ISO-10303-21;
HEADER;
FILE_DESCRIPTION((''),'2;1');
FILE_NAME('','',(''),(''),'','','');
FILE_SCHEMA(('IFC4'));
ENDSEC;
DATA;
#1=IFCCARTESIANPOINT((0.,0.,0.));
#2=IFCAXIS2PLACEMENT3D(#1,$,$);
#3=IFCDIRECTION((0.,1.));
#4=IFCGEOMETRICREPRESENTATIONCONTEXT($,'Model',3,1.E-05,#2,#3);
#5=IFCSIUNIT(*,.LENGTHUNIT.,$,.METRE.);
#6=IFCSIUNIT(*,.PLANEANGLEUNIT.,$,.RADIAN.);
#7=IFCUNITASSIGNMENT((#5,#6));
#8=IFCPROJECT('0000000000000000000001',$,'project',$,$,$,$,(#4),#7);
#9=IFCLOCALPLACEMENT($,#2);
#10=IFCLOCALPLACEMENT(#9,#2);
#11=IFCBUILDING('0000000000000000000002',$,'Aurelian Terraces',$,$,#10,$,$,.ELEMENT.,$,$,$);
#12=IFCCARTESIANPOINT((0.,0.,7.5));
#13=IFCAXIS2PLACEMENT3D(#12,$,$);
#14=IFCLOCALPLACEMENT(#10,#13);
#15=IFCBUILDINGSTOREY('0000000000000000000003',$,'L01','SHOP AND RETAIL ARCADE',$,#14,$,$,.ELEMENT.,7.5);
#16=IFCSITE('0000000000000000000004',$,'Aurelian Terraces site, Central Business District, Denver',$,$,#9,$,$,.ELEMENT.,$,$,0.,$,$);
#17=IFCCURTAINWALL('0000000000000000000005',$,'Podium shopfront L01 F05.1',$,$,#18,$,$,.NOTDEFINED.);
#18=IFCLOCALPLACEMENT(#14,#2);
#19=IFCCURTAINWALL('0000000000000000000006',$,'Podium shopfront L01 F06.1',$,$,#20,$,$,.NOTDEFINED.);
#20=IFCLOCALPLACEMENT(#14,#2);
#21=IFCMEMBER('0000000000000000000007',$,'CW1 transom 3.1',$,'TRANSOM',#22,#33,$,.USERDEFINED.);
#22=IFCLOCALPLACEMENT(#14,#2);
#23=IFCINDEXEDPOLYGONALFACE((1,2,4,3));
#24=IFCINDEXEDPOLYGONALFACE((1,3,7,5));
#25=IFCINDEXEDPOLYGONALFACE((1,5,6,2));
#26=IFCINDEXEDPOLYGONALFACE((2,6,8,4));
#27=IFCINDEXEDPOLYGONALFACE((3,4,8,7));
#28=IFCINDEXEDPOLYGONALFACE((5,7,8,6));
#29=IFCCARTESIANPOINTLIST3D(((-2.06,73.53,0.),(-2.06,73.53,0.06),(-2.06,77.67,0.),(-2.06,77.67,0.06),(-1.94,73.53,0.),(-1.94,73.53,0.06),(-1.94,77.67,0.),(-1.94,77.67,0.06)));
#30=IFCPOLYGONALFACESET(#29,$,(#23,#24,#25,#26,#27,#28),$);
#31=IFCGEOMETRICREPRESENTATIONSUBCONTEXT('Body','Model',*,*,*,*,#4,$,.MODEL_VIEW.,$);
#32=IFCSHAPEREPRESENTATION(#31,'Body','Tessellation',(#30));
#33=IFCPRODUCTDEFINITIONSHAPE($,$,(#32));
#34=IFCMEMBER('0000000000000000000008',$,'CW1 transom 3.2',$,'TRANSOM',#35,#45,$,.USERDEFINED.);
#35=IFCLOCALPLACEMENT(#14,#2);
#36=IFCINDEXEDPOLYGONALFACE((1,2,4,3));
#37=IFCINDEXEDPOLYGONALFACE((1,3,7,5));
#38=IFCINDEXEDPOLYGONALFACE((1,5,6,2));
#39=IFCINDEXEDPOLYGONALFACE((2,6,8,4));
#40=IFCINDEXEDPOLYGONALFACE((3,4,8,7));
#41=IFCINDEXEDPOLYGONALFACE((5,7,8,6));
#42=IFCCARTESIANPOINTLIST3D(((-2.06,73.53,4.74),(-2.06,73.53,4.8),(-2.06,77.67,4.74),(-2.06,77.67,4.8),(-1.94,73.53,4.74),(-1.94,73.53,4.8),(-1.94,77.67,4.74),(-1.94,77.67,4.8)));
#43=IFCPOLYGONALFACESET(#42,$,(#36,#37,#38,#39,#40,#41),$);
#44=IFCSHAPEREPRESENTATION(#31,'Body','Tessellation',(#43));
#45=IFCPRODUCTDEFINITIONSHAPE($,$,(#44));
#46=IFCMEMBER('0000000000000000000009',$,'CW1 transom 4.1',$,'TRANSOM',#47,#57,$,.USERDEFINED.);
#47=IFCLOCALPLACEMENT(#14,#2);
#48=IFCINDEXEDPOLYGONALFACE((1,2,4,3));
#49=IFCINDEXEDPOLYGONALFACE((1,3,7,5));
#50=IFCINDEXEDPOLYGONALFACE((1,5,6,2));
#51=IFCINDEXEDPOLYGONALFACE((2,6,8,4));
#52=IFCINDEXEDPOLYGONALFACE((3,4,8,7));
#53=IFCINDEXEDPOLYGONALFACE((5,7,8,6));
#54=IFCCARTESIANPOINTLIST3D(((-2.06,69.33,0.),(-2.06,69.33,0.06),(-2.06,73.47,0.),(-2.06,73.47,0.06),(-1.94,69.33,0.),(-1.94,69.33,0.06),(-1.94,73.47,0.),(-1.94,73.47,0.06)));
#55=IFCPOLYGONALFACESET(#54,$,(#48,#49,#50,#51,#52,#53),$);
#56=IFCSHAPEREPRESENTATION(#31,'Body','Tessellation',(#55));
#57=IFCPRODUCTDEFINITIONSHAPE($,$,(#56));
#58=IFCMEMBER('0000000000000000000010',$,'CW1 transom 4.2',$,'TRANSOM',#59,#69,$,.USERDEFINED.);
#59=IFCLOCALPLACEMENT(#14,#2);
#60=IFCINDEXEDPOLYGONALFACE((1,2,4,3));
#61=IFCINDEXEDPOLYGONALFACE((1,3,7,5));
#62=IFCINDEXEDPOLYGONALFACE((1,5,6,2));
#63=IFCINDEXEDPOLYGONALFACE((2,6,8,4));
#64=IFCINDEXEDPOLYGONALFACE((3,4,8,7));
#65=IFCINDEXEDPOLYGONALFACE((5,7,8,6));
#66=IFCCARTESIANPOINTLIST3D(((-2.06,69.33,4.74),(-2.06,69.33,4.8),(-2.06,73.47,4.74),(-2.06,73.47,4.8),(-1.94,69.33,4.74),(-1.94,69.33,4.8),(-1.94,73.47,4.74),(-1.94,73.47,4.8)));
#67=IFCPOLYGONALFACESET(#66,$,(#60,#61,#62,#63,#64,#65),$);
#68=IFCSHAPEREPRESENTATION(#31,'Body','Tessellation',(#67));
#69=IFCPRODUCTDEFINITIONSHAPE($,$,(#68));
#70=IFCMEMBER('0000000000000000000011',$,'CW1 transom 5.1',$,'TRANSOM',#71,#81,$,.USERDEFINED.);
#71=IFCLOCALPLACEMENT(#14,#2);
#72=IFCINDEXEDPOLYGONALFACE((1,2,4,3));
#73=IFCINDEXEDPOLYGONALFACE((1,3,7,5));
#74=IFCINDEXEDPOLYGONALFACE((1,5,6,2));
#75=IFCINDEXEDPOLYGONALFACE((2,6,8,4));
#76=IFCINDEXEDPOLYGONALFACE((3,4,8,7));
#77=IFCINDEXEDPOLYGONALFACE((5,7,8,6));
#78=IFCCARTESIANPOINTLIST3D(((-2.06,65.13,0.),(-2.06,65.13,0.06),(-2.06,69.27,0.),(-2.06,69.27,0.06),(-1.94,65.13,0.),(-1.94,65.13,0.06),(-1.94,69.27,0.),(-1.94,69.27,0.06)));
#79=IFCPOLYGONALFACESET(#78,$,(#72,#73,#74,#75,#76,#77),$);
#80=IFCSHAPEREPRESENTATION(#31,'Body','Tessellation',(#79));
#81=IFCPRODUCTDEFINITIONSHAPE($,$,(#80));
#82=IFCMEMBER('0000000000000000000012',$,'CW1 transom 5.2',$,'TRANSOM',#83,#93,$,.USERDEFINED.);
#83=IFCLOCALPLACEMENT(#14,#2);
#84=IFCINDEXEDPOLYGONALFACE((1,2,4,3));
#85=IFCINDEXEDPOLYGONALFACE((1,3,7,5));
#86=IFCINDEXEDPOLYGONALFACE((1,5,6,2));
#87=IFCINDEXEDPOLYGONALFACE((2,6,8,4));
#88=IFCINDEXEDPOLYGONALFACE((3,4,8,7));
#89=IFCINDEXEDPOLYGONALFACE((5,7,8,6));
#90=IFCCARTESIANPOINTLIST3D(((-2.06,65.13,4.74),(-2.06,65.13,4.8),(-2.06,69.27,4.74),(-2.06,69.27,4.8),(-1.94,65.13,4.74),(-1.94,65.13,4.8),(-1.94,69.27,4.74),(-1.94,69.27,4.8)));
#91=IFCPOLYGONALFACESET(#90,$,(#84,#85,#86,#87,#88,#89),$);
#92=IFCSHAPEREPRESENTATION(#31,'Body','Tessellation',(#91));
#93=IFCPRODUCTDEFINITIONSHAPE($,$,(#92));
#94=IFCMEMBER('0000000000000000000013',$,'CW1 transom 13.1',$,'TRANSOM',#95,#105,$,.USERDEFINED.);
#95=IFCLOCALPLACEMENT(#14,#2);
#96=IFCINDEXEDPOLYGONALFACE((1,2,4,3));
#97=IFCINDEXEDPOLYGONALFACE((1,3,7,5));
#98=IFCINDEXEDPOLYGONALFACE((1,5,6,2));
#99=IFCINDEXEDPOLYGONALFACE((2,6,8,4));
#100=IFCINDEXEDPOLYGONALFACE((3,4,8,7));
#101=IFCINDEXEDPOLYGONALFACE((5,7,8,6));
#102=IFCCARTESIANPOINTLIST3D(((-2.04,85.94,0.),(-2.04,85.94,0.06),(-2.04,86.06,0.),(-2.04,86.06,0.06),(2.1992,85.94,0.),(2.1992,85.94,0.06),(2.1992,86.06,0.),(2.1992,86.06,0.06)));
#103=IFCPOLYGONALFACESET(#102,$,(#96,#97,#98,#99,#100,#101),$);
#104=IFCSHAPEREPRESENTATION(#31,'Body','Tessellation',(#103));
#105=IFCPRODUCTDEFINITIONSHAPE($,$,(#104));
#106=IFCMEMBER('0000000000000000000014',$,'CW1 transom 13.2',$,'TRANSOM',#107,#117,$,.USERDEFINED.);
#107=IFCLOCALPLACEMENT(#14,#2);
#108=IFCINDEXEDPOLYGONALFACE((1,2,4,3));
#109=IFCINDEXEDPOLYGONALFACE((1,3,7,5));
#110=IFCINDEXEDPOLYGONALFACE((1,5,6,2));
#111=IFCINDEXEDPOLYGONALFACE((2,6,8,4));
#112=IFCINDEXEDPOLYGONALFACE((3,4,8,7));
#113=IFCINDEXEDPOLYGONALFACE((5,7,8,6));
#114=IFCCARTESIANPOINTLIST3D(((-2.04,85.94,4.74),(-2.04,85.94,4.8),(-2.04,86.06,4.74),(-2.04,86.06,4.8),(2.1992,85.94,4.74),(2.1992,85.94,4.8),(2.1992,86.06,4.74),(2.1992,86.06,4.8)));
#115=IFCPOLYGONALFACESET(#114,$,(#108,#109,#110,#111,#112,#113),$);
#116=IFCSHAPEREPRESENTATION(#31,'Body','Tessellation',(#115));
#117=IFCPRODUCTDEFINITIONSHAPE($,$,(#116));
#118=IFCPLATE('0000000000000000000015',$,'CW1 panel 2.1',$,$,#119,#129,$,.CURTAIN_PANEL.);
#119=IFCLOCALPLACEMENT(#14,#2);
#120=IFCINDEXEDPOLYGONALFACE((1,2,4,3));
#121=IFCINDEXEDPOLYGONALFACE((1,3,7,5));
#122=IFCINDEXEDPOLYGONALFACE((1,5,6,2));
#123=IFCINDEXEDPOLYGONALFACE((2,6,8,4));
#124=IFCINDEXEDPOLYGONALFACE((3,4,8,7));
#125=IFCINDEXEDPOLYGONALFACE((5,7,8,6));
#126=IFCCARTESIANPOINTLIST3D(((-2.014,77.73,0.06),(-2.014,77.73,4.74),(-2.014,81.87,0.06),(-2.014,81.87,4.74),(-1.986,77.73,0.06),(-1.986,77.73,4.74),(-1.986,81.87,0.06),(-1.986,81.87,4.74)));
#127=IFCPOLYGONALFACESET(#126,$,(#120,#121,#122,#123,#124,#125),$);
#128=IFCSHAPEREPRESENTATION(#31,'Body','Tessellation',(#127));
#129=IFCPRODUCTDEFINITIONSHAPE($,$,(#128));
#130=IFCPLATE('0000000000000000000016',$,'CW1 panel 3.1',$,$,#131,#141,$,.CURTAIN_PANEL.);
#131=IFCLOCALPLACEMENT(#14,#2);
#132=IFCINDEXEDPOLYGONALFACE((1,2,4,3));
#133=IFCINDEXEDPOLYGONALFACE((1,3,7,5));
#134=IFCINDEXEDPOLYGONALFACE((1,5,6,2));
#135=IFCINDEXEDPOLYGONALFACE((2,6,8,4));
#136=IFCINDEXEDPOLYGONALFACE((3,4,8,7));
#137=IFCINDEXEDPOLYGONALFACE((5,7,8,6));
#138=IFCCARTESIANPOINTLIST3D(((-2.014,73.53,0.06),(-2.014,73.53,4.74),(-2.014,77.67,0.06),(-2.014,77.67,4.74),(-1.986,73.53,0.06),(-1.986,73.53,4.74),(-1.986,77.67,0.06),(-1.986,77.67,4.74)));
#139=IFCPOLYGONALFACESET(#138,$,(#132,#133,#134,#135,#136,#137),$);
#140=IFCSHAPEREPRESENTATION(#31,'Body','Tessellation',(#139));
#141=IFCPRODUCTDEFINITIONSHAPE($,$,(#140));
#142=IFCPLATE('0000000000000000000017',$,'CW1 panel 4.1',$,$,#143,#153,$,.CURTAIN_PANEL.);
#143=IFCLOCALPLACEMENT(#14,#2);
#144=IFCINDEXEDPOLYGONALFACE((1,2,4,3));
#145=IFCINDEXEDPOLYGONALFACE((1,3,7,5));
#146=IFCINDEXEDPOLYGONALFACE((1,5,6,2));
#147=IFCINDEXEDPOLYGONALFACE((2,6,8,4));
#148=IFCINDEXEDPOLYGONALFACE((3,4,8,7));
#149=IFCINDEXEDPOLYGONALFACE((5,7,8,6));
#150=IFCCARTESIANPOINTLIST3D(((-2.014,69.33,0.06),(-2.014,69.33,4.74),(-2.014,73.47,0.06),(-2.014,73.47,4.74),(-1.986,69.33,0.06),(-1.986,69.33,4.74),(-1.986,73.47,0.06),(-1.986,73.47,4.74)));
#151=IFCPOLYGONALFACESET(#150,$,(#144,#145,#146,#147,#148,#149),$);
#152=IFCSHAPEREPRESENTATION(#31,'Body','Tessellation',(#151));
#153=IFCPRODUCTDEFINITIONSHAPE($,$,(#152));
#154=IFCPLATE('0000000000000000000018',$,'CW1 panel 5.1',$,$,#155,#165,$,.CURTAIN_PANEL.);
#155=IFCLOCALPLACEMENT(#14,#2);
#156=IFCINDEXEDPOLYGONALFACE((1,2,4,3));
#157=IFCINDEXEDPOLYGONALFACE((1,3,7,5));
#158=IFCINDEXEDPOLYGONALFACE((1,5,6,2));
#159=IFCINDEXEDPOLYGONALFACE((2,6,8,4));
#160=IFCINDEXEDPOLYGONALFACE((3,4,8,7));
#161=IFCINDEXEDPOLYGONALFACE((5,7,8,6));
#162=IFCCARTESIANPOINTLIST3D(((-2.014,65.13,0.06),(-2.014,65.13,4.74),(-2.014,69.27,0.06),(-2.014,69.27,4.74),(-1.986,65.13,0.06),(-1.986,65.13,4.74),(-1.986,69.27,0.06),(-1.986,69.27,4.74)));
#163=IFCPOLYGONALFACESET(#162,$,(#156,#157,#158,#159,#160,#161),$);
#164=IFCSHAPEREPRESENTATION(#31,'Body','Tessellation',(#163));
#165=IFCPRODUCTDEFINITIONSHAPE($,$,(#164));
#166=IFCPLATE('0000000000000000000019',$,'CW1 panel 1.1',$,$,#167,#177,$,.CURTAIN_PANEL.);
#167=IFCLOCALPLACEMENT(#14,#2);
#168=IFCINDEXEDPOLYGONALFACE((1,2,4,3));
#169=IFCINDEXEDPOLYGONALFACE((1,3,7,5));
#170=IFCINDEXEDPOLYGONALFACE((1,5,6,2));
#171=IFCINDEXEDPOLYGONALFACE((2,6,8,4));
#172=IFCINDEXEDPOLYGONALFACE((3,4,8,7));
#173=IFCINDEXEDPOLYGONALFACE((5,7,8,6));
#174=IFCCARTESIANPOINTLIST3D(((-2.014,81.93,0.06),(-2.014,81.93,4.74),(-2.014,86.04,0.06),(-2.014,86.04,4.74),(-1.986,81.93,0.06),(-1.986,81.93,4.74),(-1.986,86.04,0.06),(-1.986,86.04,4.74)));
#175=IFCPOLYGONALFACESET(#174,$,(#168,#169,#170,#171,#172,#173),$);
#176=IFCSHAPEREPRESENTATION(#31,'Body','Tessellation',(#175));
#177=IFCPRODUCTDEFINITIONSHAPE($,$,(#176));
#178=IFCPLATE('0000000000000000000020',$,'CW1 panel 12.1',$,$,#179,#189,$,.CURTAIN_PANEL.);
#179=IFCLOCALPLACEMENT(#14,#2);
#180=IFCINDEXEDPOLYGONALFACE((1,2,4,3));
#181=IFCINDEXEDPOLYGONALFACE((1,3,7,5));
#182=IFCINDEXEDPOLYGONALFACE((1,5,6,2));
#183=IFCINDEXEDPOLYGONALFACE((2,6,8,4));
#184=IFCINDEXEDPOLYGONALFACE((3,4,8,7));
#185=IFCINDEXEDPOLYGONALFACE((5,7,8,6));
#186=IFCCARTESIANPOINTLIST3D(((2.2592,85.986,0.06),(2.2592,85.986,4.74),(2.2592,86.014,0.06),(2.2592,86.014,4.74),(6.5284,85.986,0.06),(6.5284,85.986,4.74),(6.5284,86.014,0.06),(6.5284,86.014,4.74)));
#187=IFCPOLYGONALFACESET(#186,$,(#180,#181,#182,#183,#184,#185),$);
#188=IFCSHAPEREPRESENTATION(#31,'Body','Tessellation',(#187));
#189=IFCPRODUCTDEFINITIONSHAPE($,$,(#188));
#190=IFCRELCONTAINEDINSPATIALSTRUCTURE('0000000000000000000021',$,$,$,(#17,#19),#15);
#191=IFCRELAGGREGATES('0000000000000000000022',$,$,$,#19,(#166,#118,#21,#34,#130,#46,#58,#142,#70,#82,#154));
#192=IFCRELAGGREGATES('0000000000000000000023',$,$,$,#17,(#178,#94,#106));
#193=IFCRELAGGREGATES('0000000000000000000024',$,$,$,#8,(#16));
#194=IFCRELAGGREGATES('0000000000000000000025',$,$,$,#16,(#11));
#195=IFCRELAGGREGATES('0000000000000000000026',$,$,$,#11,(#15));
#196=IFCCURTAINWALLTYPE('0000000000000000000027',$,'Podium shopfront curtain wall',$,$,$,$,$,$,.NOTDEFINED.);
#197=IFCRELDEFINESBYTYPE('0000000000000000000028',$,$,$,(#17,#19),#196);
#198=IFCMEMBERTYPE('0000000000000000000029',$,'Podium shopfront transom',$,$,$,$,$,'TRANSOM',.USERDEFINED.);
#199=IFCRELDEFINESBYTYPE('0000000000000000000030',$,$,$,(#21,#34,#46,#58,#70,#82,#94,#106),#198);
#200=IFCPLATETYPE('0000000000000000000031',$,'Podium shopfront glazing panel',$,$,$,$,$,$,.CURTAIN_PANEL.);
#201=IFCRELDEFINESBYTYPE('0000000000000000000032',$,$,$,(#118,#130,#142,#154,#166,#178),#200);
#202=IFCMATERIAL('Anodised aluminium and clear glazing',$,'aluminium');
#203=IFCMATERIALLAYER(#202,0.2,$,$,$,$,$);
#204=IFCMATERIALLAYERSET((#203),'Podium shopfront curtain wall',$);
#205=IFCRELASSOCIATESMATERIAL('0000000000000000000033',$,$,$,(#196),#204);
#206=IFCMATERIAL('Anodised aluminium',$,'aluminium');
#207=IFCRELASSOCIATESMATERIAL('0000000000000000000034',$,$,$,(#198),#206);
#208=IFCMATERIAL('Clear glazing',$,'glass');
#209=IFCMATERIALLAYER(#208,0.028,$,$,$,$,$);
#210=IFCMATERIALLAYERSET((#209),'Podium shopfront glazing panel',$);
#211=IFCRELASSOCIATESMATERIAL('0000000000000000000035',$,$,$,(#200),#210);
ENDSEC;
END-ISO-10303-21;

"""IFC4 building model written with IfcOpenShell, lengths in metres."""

from ifc_helpers import new_model, si_unit, direction, frame, origin, origin_2d, place, context, subcontext, project, spatial, rectangle, extrude, source, transform, mapped, material, layer, layer_set, material_profile, profile_set, type_object, element, aggregate, save


model = new_model("IFC4")

# Units and contexts
model_context = context("Model", 3, precision=1e-05, world=origin(), true_north=direction((0.0, 1.0)))
body_context = subcontext(model_context, "Body", "Model", "MODEL_VIEW")
ifc_project = project(units=[si_unit("LENGTHUNIT", "METRE"), si_unit("PLANEANGLEUNIT", "RADIAN")], contexts=[model_context])

# Site, building, storey
site_placement = place(None, origin())
site = spatial("IfcSite", under=ifc_project, at=site_placement, Name="Aurelian Terraces site, Central Business District, Denver", CompositionType="ELEMENT", RefElevation=0.0)
building_placement = place(site_placement, origin())
building = spatial("IfcBuilding", under=site, at=building_placement, Name="Aurelian Terraces", CompositionType="ELEMENT")
storey_placement = place(building_placement, frame((0.0, 0.0, 7.5)))
storey = spatial("IfcBuildingStorey", under=building, at=storey_placement, Name="L01", Description="SHOP AND RETAIL ARCADE", CompositionType="ELEMENT", Elevation=7.5)

# Curtain walls, members
ifc_material_1 = material(Name="Anodised aluminium and clear glazing", Category="aluminium")
ifc_layer_1 = layer(ifc_material_1, 0.2)
ifc_layer_set_1 = layer_set([ifc_layer_1], Name="Podium shopfront curtain wall")
curtain_wall_type = type_object("IfcCurtainWallType", Name="Podium shopfront curtain wall", PredefinedType="NOTDEFINED", material=ifc_layer_set_1)
curtain_wall_1_placement = place(storey_placement, origin())
curtain_wall_1 = element("IfcCurtainWall", 1, at=curtain_wall_1_placement, inside=storey, type_object=curtain_wall_type, Name="Podium shopfront L01 F05.1", PredefinedType="NOTDEFINED")
ifc_material_2 = material(Name="Anodised aluminium", Category="aluminium")
curtain_wall_2_placement = place(storey_placement, origin())
curtain_wall_2 = element("IfcCurtainWall", 2, at=curtain_wall_2_placement, inside=storey, type_object=curtain_wall_type, Name="Podium shopfront L01 F06.1", PredefinedType="NOTDEFINED")
ifc_material_profile_1 = material_profile(ifc_material_2, rectangle(XDim=0.12, YDim=0.06, at=origin_2d()))
ifc_profile_set_1 = profile_set([ifc_material_profile_1], Name="Anodised aluminium")
member_type_1 = type_object("IfcMemberType", Name="Podium shopfront transom", ElementType="TRANSOM", PredefinedType="USERDEFINED", material=ifc_profile_set_1)
shared_shape_1 = source(origin(), body_context, "Body", "SweptSolid", [
    extrude(rectangle(XDim=0.12, YDim=0.06, at=origin_2d()), origin(), (0.0, 0.0, 1.0), 4.14),
])
member_1_placement = place(storey_placement, frame((-2.0, 77.67, 0.03), z_axis=(0.0, -1.0, 0.0), x_axis=(1.0, 0.0, 0.0)))
member_1 = element("IfcMember", 3, at=member_1_placement, type_object=member_type_1, Name="CW1 transom 3.1", ObjectType="TRANSOM", PredefinedType="USERDEFINED", context=body_context, shape_type="MappedRepresentation", body=[
    mapped(shared_shape_1, transform((0.0, 0.0, 0.0), scale=1.0)),
])
member_2_placement = place(storey_placement, frame((-2.0, 77.67, 4.77), z_axis=(0.0, -1.0, 0.0), x_axis=(1.0, 0.0, 0.0)))
member_2 = element("IfcMember", 4, at=member_2_placement, type_object=member_type_1, Name="CW1 transom 3.2", ObjectType="TRANSOM", PredefinedType="USERDEFINED", context=body_context, shape_type="MappedRepresentation", body=[
    mapped(shared_shape_1, transform((0.0, 0.0, 0.0), scale=1.0)),
])
member_3_placement = place(storey_placement, frame((-2.0, 73.47, 0.03), z_axis=(0.0, -1.0, 0.0), x_axis=(1.0, 0.0, 0.0)))
member_3 = element("IfcMember", 5, at=member_3_placement, type_object=member_type_1, Name="CW1 transom 4.1", ObjectType="TRANSOM", PredefinedType="USERDEFINED", context=body_context, shape_type="MappedRepresentation", body=[
    mapped(shared_shape_1, transform((0.0, 0.0, 0.0), scale=1.0)),
])
member_4_placement = place(storey_placement, frame((-2.0, 73.47, 4.77), z_axis=(0.0, -1.0, 0.0), x_axis=(1.0, 0.0, 0.0)))
member_4 = element("IfcMember", 6, at=member_4_placement, type_object=member_type_1, Name="CW1 transom 4.2", ObjectType="TRANSOM", PredefinedType="USERDEFINED", context=body_context, shape_type="MappedRepresentation", body=[
    mapped(shared_shape_1, transform((0.0, 0.0, 0.0), scale=1.0)),
])
member_5_placement = place(storey_placement, frame((-2.0, 69.27, 0.03), z_axis=(0.0, -1.0, 0.0), x_axis=(1.0, 0.0, 0.0)))
member_5 = element("IfcMember", 7, at=member_5_placement, type_object=member_type_1, Name="CW1 transom 5.1", ObjectType="TRANSOM", PredefinedType="USERDEFINED", context=body_context, shape_type="MappedRepresentation", body=[
    mapped(shared_shape_1, transform((0.0, 0.0, 0.0), scale=1.0)),
])
member_6_placement = place(storey_placement, frame((-2.0, 69.27, 4.77), z_axis=(0.0, -1.0, 0.0), x_axis=(1.0, 0.0, 0.0)))
member_6 = element("IfcMember", 8, at=member_6_placement, type_object=member_type_1, Name="CW1 transom 5.2", ObjectType="TRANSOM", PredefinedType="USERDEFINED", context=body_context, shape_type="MappedRepresentation", body=[
    mapped(shared_shape_1, transform((0.0, 0.0, 0.0), scale=1.0)),
])

# Members
shared_shape_2 = source(origin(), body_context, "Body", "SweptSolid", [
    extrude(rectangle(XDim=0.12, YDim=0.06, at=origin_2d()), origin(), (0.0, 0.0, 1.0), 4.2392),
])
member_7_placement = place(storey_placement, frame((2.1992, 86.0, 0.03), z_axis=(-1.0, 0.0, 0.0), x_axis=(0.0, -1.0, 0.0)))
member_7 = element("IfcMember", 9, at=member_7_placement, type_object=member_type_1, Name="CW1 transom 13.1", ObjectType="TRANSOM", PredefinedType="USERDEFINED", context=body_context, shape_type="MappedRepresentation", body=[
    mapped(shared_shape_2, transform((0.0, 0.0, 0.0), scale=1.0)),
])
member_8_placement = place(storey_placement, frame((2.1992, 86.0, 4.77), z_axis=(-1.0, 0.0, 0.0), x_axis=(0.0, -1.0, 0.0)))
member_8 = element("IfcMember", 10, at=member_8_placement, type_object=member_type_1, Name="CW1 transom 13.2", ObjectType="TRANSOM", PredefinedType="USERDEFINED", context=body_context, shape_type="MappedRepresentation", body=[
    mapped(shared_shape_2, transform((0.0, 0.0, 0.0), scale=1.0)),
])

# Plates
ifc_material_3 = material(Name="Clear glazing", Category="glass")
ifc_layer_2 = layer(ifc_material_3, 0.028)
ifc_layer_set_2 = layer_set([ifc_layer_2], Name="Podium shopfront glazing panel")
plate_type = type_object("IfcPlateType", Name="Podium shopfront glazing panel", PredefinedType="CURTAIN_PANEL", material=ifc_layer_set_2)
shared_shape_3 = source(origin(), body_context, "Body", "SweptSolid", [
    extrude(rectangle(XDim=4.14, YDim=0.028, at=origin_2d()), origin(), (0.0, 0.0, 1.0), 4.68),
])
plate_1_placement = place(storey_placement, frame((-2.0, 79.8, 0.06), z_axis=(0.0, 0.0, 1.0), x_axis=(0.0, -1.0, 0.0)))
plate_1 = element("IfcPlate", 11, at=plate_1_placement, type_object=plate_type, Name="CW1 panel 2.1", PredefinedType="CURTAIN_PANEL", context=body_context, shape_type="MappedRepresentation", body=[
    mapped(shared_shape_3, transform((0.0, 0.0, 0.0), scale=1.0)),
])
plate_2_placement = place(storey_placement, frame((-2.0, 75.6, 0.06), z_axis=(0.0, 0.0, 1.0), x_axis=(0.0, -1.0, 0.0)))
plate_2 = element("IfcPlate", 12, at=plate_2_placement, type_object=plate_type, Name="CW1 panel 3.1", PredefinedType="CURTAIN_PANEL", context=body_context, shape_type="MappedRepresentation", body=[
    mapped(shared_shape_3, transform((0.0, 0.0, 0.0), scale=1.0)),
])
plate_3_placement = place(storey_placement, frame((-2.0, 71.4, 0.06), z_axis=(0.0, 0.0, 1.0), x_axis=(0.0, -1.0, 0.0)))
plate_3 = element("IfcPlate", 13, at=plate_3_placement, type_object=plate_type, Name="CW1 panel 4.1", PredefinedType="CURTAIN_PANEL", context=body_context, shape_type="MappedRepresentation", body=[
    mapped(shared_shape_3, transform((0.0, 0.0, 0.0), scale=1.0)),
])
plate_4_placement = place(storey_placement, frame((-2.0, 67.2, 0.06), z_axis=(0.0, 0.0, 1.0), x_axis=(0.0, -1.0, 0.0)))
plate_4 = element("IfcPlate", 14, at=plate_4_placement, type_object=plate_type, Name="CW1 panel 5.1", PredefinedType="CURTAIN_PANEL", context=body_context, shape_type="MappedRepresentation", body=[
    mapped(shared_shape_3, transform((0.0, 0.0, 0.0), scale=1.0)),
])
shared_shape_4 = source(origin(), body_context, "Body", "SweptSolid", [
    extrude(rectangle(XDim=4.11, YDim=0.028, at=origin_2d()), origin(), (0.0, 0.0, 1.0), 4.68),
])
plate_5_placement = place(storey_placement, frame((-2.0, 83.985, 0.06), z_axis=(0.0, 0.0, 1.0), x_axis=(0.0, -1.0, 0.0)))
plate_5 = element("IfcPlate", 15, at=plate_5_placement, type_object=plate_type, Name="CW1 panel 1.1", PredefinedType="CURTAIN_PANEL", context=body_context, shape_type="MappedRepresentation", body=[
    mapped(shared_shape_4, transform((0.0, 0.0, 0.0), scale=1.0)),
])
aggregate(curtain_wall_2, [plate_5, plate_1, member_1, member_2, plate_2, member_3, member_4, plate_3, member_5, member_6, plate_4])
shared_shape_5 = source(origin(), body_context, "Body", "SweptSolid", [
    extrude(rectangle(XDim=4.2692, YDim=0.028, at=origin_2d()), origin(), (0.0, 0.0, 1.0), 4.68),
])
plate_6_placement = place(storey_placement, frame((4.3938, 86.0, 0.06), z_axis=(0.0, 0.0, 1.0), x_axis=(-1.0, 0.0, 0.0)))
plate_6 = element("IfcPlate", 16, at=plate_6_placement, type_object=plate_type, Name="CW1 panel 12.1", PredefinedType="CURTAIN_PANEL", context=body_context, shape_type="MappedRepresentation", body=[
    mapped(shared_shape_5, transform((0.0, 0.0, 0.0), scale=1.0)),
])
aggregate(curtain_wall_1, [plate_6, member_7, member_8])

save(model, "model.ifc")
